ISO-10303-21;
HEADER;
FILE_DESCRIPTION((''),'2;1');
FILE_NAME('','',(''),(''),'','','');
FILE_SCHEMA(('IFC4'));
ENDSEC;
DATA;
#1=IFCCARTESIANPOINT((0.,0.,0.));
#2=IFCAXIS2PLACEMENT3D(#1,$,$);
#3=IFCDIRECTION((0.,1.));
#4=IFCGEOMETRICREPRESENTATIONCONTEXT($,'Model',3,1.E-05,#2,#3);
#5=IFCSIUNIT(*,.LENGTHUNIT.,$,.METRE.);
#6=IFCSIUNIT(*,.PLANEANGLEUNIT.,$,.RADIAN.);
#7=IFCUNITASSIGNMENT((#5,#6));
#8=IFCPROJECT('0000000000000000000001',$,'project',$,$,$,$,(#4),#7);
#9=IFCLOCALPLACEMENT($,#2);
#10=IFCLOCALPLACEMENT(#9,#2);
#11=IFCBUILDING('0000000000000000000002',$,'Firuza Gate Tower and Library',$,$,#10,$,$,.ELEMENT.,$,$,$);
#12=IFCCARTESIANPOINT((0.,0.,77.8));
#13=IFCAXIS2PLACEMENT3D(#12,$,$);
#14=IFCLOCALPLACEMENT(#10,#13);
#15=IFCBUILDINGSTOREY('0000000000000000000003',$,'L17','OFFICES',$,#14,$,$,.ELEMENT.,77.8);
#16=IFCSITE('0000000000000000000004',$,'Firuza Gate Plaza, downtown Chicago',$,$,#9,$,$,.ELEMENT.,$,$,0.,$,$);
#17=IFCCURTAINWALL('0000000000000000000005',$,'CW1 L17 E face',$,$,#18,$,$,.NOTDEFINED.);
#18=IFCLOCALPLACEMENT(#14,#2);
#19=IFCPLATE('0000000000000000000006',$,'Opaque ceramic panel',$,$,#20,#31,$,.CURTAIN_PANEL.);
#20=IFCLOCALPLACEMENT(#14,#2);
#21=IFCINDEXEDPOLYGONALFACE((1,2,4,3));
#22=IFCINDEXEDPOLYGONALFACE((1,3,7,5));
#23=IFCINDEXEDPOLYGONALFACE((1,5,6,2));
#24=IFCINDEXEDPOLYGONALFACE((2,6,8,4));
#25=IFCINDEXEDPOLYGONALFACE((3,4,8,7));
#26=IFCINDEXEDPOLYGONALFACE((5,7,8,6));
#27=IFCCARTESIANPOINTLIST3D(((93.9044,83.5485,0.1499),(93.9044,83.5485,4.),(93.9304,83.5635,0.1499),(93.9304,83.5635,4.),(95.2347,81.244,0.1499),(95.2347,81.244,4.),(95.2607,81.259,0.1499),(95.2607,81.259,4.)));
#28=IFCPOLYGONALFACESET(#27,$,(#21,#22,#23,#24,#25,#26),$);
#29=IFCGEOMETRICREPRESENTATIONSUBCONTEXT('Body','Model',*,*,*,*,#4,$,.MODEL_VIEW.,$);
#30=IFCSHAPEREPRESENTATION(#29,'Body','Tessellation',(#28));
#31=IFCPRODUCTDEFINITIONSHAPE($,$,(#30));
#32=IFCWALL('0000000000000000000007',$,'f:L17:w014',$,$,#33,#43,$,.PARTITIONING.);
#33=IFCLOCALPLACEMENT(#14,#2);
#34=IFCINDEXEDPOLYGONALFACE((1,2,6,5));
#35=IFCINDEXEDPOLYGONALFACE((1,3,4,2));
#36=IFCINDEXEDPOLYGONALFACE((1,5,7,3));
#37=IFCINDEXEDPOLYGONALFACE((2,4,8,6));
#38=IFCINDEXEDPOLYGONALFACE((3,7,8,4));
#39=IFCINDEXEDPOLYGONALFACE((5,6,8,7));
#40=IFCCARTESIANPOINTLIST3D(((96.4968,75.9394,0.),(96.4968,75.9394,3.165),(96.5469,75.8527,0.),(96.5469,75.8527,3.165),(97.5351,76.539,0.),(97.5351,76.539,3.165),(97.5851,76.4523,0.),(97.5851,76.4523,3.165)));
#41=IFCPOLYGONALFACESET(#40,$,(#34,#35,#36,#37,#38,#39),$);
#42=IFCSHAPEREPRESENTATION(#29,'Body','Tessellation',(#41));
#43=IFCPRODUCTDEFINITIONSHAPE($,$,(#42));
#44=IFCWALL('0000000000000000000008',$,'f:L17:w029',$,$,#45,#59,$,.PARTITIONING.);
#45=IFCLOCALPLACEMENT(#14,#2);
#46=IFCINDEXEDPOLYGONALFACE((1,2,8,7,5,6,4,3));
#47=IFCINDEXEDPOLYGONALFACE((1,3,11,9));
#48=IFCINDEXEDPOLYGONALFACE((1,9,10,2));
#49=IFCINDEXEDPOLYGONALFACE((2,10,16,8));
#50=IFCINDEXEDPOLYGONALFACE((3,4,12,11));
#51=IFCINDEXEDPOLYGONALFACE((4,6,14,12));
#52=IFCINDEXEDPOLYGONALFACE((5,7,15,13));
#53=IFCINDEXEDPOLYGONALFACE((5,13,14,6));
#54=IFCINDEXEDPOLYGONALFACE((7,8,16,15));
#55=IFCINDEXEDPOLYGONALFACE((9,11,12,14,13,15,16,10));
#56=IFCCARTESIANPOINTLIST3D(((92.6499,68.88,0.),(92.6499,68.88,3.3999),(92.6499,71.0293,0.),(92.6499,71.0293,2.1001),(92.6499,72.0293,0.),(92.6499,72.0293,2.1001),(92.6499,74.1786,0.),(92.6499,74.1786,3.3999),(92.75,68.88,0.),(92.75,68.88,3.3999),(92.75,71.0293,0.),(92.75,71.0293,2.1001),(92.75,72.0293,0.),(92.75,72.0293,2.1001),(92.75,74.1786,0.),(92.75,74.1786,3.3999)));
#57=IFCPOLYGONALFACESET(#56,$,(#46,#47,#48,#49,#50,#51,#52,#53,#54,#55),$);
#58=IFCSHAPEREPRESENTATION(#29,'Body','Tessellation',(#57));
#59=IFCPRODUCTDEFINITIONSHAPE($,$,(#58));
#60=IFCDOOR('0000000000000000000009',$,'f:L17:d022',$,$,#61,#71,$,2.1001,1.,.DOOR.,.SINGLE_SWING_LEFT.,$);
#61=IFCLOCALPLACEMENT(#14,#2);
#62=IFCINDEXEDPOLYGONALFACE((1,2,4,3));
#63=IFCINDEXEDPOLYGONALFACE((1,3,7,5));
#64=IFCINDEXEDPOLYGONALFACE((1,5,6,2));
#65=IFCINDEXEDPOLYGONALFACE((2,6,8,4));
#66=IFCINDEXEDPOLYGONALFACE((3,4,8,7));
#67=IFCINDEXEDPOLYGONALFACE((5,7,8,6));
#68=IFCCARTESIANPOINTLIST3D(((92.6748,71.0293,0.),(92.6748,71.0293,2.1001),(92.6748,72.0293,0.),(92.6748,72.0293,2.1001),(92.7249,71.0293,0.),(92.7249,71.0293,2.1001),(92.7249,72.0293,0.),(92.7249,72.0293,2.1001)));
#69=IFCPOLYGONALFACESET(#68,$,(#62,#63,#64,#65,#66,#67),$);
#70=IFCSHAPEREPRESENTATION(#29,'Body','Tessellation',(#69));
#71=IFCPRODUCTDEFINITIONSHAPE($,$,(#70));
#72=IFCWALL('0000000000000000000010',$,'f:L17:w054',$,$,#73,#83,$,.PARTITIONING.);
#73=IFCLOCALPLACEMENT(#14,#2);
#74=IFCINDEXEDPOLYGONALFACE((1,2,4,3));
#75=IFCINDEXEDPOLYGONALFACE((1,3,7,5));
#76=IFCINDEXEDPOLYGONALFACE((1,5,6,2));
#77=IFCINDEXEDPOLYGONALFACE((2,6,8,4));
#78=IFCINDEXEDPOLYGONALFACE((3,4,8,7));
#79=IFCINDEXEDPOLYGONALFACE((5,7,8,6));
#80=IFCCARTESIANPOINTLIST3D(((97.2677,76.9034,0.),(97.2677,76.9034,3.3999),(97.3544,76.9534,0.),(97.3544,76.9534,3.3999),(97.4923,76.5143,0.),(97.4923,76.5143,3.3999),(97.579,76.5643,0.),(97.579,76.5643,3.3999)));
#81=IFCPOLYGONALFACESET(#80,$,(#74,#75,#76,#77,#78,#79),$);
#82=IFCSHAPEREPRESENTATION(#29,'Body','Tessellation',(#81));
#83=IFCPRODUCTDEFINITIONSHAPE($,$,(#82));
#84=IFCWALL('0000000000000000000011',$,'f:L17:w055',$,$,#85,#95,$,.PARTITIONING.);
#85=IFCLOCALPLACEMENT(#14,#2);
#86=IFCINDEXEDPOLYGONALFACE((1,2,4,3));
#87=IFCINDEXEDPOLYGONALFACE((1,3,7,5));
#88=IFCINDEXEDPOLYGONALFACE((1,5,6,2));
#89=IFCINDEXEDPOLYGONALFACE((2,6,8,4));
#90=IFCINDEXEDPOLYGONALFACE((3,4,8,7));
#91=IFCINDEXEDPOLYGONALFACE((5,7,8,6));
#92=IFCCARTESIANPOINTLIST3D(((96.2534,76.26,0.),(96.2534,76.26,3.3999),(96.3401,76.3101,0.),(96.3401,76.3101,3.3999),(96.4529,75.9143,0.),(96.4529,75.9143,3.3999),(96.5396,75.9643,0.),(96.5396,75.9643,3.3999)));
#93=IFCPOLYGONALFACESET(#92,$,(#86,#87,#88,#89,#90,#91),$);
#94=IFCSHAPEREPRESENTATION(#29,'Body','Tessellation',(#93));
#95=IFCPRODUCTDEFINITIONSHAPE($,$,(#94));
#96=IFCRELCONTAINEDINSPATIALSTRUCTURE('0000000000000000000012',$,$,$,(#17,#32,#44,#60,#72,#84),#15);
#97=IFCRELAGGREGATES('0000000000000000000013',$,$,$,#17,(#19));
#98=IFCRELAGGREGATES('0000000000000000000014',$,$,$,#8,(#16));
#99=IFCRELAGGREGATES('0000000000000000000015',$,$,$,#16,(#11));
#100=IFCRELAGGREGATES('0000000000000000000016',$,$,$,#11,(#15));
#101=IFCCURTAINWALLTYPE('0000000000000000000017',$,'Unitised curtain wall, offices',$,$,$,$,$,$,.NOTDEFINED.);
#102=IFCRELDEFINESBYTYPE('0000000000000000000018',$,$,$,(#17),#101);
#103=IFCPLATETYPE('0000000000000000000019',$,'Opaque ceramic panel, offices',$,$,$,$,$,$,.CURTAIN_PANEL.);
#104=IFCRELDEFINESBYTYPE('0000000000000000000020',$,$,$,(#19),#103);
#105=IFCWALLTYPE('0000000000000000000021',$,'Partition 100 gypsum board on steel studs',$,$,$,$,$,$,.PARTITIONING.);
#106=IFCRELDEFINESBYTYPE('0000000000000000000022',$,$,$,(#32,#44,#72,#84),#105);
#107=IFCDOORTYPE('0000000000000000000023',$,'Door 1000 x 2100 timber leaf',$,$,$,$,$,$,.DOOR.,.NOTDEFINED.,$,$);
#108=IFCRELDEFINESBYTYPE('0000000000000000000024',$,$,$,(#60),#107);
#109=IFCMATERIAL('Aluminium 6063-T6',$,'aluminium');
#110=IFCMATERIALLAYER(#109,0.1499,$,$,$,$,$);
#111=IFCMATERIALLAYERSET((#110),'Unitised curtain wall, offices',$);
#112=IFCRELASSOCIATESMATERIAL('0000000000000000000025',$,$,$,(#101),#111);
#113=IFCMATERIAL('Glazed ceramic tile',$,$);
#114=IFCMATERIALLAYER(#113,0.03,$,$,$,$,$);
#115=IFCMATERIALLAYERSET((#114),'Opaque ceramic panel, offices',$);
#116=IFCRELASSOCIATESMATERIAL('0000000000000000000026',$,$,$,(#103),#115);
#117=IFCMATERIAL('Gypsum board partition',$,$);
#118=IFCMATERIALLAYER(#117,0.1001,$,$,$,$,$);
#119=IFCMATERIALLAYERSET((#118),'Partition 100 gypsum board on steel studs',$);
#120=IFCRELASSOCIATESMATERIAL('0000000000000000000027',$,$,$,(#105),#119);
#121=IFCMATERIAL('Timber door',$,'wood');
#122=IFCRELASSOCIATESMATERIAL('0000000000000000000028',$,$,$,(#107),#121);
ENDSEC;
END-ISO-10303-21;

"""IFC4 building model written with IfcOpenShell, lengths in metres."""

from ifc_helpers import new_model, si_unit, direction, frame, frame_2d, origin, place, context, subcontext, project, spatial, polyline, rectangle, outline, extrude, material, layer, layer_set, type_object, element, fill, aggregate, save


model = new_model("IFC4")

# Units and contexts
model_context = context("Model", 3, precision=1e-05, world=origin(), true_north=direction((0.0, 1.0)))
body_context = subcontext(model_context, "Body", "Model", "MODEL_VIEW")
ifc_project = project(units=[si_unit("LENGTHUNIT", "METRE"), si_unit("PLANEANGLEUNIT", "RADIAN")], contexts=[model_context])

# Site, building, storey
site_placement = place(None, origin())
site = spatial("IfcSite", under=ifc_project, at=site_placement, Name="Firuza Gate Plaza, downtown Chicago", CompositionType="ELEMENT", RefElevation=0.0)
building_placement = place(site_placement, origin())
building = spatial("IfcBuilding", under=site, at=building_placement, Name="Firuza Gate Tower and Library", CompositionType="ELEMENT")
storey_placement = place(building_placement, frame((0.0, 0.0, 77.8)))
storey = spatial("IfcBuildingStorey", under=building, at=storey_placement, Name="L17", Description="OFFICES", CompositionType="ELEMENT", Elevation=77.8)

# Curtain wall
ifc_material_1 = material(Name="Aluminium 6063-T6", Category="aluminium")
ifc_layer_1 = layer(ifc_material_1, 0.1499)
ifc_layer_set_1 = layer_set([ifc_layer_1], Name="Unitised curtain wall, offices")
curtain_wall_type = type_object("IfcCurtainWallType", Name="Unitised curtain wall, offices", PredefinedType="NOTDEFINED", material=ifc_layer_set_1)
curtain_wall_placement = place(storey_placement, origin())
curtain_wall = element("IfcCurtainWall", 1, at=curtain_wall_placement, inside=storey, type_object=curtain_wall_type, Name="CW1 L17 E face", PredefinedType="NOTDEFINED")

# Plate
ifc_material_2 = material(Name="Glazed ceramic tile")
ifc_layer_2 = layer(ifc_material_2, 0.03)
ifc_layer_set_2 = layer_set([ifc_layer_2], Name="Opaque ceramic panel, offices")
plate_type_1 = type_object("IfcPlateType", Name="Opaque ceramic panel, offices", PredefinedType="CURTAIN_PANEL", material=ifc_layer_set_2)
plate_1_placement = place(storey_placement, frame((95.2607, 81.259, 0.1499), z_axis=(0.86605, 0.499958, 0.0), x_axis=(-0.499958, 0.86605, 0.0)))
plate_1 = element("IfcPlate", 2, at=plate_1_placement, type_object=plate_type_1, Name="Opaque ceramic panel", PredefinedType="CURTAIN_PANEL", context=body_context, shape_type="SweptSolid", body=[
    extrude(outline(polyline([(0.0, 0.0), (2.6609, 0.0), (2.6609, 3.8501), (0.0, 3.8501), (0.0, 0.0)])), origin(), (0.0, 0.0, -1.0), 0.03),
])
aggregate(curtain_wall, [plate_1])

# Wall
ifc_material_3 = material(Name="Gypsum board partition")
ifc_layer_3 = layer(ifc_material_3, 0.1001)
ifc_layer_set_3 = layer_set([ifc_layer_3], Name="Partition 100 gypsum board on steel studs")
wall_type = type_object("IfcWallType", Name="Partition 100 gypsum board on steel studs", PredefinedType="PARTITIONING", material=ifc_layer_set_3)
wall_1_placement = place(storey_placement, frame((96.5217, 75.896, 0.0), z_axis=(0.0, 0.0, 1.0), x_axis=(0.865979, 0.500081, 0.0)))
element("IfcWall", 3, at=wall_1_placement, inside=storey, type_object=wall_type, Name="f:L17:w014", PredefinedType="PARTITIONING", context=body_context, shape_type="SweptSolid", body=[
    extrude(rectangle(XDim=1.199, YDim=0.1001, at=frame_2d((0.5996, 0.0))), origin(), (0.0, 0.0, 1.0), 3.165),
])

# Wall, opening, door
wall_2_placement = place(storey_placement, frame((92.7, 74.1787, 0.0), z_axis=(0.0, 0.0, 1.0), x_axis=(0.0, -1.0, 0.0)))
wall_2 = element("IfcWall", 4, at=wall_2_placement, inside=storey, type_object=wall_type, Name="f:L17:w029", PredefinedType="PARTITIONING", context=body_context, shape_type="SweptSolid", body=[
    extrude(rectangle(XDim=5.2986, YDim=0.1001, at=frame_2d((2.6494, 0.0))), origin(), (0.0, 0.0, 1.0), 3.3999),
])
opening_placement = place(wall_2_placement, frame((2.1494, 0.0, 0.0)))
opening = element("IfcOpeningElement", 5, at=opening_placement, cuts=wall_2, PredefinedType="OPENING", context=body_context, shape_type="SweptSolid", body=[
    extrude(rectangle(XDim=1.0, YDim=2.1001, at=frame_2d((0.5, 1.05))), frame((0.0, 0.0601, 0.0), z_axis=(0.0, -1.0, 0.0), x_axis=(1.0, 0.0, 0.0)), (0.0, 0.0, 1.0), 0.1201),
])
ifc_material_4 = material(Name="Timber door", Category="wood")
door_type = type_object("IfcDoorType", Name="Door 1000 x 2100 timber leaf", OperationType="NOTDEFINED", PredefinedType="DOOR", material=ifc_material_4)
door_placement = place(opening_placement, origin())
door = element("IfcDoor", 6, at=door_placement, inside=storey, type_object=door_type, Name="f:L17:d022", OperationType="SINGLE_SWING_LEFT", OverallHeight=2.1001, OverallWidth=1.0, PredefinedType="DOOR", context=body_context, shape_type="SweptSolid", body=[
    extrude(rectangle(XDim=1.0, YDim=2.1001, at=frame_2d((0.5, 1.05))), frame((0.0, 0.0249, 0.0), z_axis=(0.0, -1.0, 0.0), x_axis=(1.0, 0.0, 0.0)), (0.0, 0.0, 1.0), 0.05),
])
fill(opening, door)

# Walls
wall_3_placement = place(storey_placement, frame((97.5356, 76.5393, 0.0), z_axis=(0.0, 0.0, 1.0), x_axis=(-0.499879, 0.866095, 0.0)))
element("IfcWall", 7, at=wall_3_placement, inside=storey, type_object=wall_type, Name="f:L17:w054", PredefinedType="PARTITIONING", context=body_context, shape_type="SweptSolid", body=[
    extrude(rectangle(XDim=0.4492, YDim=0.1001, at=frame_2d((0.2246, 0.0))), origin(), (0.0, 0.0, 1.0), 3.3999),
])
wall_4_placement = place(storey_placement, frame((96.4963, 75.9392, 0.0), z_axis=(0.0, 0.0, 1.0), x_axis=(-0.499758, 0.866165, 0.0)))
element("IfcWall", 8, at=wall_4_placement, inside=storey, type_object=wall_type, Name="f:L17:w055", PredefinedType="PARTITIONING", context=body_context, shape_type="SweptSolid", body=[
    extrude(rectangle(XDim=0.3992, YDim=0.1001, at=frame_2d((0.1997, 0.0))), origin(), (0.0, 0.0, 1.0), 3.3999),
])

save(model, "model.ifc")
